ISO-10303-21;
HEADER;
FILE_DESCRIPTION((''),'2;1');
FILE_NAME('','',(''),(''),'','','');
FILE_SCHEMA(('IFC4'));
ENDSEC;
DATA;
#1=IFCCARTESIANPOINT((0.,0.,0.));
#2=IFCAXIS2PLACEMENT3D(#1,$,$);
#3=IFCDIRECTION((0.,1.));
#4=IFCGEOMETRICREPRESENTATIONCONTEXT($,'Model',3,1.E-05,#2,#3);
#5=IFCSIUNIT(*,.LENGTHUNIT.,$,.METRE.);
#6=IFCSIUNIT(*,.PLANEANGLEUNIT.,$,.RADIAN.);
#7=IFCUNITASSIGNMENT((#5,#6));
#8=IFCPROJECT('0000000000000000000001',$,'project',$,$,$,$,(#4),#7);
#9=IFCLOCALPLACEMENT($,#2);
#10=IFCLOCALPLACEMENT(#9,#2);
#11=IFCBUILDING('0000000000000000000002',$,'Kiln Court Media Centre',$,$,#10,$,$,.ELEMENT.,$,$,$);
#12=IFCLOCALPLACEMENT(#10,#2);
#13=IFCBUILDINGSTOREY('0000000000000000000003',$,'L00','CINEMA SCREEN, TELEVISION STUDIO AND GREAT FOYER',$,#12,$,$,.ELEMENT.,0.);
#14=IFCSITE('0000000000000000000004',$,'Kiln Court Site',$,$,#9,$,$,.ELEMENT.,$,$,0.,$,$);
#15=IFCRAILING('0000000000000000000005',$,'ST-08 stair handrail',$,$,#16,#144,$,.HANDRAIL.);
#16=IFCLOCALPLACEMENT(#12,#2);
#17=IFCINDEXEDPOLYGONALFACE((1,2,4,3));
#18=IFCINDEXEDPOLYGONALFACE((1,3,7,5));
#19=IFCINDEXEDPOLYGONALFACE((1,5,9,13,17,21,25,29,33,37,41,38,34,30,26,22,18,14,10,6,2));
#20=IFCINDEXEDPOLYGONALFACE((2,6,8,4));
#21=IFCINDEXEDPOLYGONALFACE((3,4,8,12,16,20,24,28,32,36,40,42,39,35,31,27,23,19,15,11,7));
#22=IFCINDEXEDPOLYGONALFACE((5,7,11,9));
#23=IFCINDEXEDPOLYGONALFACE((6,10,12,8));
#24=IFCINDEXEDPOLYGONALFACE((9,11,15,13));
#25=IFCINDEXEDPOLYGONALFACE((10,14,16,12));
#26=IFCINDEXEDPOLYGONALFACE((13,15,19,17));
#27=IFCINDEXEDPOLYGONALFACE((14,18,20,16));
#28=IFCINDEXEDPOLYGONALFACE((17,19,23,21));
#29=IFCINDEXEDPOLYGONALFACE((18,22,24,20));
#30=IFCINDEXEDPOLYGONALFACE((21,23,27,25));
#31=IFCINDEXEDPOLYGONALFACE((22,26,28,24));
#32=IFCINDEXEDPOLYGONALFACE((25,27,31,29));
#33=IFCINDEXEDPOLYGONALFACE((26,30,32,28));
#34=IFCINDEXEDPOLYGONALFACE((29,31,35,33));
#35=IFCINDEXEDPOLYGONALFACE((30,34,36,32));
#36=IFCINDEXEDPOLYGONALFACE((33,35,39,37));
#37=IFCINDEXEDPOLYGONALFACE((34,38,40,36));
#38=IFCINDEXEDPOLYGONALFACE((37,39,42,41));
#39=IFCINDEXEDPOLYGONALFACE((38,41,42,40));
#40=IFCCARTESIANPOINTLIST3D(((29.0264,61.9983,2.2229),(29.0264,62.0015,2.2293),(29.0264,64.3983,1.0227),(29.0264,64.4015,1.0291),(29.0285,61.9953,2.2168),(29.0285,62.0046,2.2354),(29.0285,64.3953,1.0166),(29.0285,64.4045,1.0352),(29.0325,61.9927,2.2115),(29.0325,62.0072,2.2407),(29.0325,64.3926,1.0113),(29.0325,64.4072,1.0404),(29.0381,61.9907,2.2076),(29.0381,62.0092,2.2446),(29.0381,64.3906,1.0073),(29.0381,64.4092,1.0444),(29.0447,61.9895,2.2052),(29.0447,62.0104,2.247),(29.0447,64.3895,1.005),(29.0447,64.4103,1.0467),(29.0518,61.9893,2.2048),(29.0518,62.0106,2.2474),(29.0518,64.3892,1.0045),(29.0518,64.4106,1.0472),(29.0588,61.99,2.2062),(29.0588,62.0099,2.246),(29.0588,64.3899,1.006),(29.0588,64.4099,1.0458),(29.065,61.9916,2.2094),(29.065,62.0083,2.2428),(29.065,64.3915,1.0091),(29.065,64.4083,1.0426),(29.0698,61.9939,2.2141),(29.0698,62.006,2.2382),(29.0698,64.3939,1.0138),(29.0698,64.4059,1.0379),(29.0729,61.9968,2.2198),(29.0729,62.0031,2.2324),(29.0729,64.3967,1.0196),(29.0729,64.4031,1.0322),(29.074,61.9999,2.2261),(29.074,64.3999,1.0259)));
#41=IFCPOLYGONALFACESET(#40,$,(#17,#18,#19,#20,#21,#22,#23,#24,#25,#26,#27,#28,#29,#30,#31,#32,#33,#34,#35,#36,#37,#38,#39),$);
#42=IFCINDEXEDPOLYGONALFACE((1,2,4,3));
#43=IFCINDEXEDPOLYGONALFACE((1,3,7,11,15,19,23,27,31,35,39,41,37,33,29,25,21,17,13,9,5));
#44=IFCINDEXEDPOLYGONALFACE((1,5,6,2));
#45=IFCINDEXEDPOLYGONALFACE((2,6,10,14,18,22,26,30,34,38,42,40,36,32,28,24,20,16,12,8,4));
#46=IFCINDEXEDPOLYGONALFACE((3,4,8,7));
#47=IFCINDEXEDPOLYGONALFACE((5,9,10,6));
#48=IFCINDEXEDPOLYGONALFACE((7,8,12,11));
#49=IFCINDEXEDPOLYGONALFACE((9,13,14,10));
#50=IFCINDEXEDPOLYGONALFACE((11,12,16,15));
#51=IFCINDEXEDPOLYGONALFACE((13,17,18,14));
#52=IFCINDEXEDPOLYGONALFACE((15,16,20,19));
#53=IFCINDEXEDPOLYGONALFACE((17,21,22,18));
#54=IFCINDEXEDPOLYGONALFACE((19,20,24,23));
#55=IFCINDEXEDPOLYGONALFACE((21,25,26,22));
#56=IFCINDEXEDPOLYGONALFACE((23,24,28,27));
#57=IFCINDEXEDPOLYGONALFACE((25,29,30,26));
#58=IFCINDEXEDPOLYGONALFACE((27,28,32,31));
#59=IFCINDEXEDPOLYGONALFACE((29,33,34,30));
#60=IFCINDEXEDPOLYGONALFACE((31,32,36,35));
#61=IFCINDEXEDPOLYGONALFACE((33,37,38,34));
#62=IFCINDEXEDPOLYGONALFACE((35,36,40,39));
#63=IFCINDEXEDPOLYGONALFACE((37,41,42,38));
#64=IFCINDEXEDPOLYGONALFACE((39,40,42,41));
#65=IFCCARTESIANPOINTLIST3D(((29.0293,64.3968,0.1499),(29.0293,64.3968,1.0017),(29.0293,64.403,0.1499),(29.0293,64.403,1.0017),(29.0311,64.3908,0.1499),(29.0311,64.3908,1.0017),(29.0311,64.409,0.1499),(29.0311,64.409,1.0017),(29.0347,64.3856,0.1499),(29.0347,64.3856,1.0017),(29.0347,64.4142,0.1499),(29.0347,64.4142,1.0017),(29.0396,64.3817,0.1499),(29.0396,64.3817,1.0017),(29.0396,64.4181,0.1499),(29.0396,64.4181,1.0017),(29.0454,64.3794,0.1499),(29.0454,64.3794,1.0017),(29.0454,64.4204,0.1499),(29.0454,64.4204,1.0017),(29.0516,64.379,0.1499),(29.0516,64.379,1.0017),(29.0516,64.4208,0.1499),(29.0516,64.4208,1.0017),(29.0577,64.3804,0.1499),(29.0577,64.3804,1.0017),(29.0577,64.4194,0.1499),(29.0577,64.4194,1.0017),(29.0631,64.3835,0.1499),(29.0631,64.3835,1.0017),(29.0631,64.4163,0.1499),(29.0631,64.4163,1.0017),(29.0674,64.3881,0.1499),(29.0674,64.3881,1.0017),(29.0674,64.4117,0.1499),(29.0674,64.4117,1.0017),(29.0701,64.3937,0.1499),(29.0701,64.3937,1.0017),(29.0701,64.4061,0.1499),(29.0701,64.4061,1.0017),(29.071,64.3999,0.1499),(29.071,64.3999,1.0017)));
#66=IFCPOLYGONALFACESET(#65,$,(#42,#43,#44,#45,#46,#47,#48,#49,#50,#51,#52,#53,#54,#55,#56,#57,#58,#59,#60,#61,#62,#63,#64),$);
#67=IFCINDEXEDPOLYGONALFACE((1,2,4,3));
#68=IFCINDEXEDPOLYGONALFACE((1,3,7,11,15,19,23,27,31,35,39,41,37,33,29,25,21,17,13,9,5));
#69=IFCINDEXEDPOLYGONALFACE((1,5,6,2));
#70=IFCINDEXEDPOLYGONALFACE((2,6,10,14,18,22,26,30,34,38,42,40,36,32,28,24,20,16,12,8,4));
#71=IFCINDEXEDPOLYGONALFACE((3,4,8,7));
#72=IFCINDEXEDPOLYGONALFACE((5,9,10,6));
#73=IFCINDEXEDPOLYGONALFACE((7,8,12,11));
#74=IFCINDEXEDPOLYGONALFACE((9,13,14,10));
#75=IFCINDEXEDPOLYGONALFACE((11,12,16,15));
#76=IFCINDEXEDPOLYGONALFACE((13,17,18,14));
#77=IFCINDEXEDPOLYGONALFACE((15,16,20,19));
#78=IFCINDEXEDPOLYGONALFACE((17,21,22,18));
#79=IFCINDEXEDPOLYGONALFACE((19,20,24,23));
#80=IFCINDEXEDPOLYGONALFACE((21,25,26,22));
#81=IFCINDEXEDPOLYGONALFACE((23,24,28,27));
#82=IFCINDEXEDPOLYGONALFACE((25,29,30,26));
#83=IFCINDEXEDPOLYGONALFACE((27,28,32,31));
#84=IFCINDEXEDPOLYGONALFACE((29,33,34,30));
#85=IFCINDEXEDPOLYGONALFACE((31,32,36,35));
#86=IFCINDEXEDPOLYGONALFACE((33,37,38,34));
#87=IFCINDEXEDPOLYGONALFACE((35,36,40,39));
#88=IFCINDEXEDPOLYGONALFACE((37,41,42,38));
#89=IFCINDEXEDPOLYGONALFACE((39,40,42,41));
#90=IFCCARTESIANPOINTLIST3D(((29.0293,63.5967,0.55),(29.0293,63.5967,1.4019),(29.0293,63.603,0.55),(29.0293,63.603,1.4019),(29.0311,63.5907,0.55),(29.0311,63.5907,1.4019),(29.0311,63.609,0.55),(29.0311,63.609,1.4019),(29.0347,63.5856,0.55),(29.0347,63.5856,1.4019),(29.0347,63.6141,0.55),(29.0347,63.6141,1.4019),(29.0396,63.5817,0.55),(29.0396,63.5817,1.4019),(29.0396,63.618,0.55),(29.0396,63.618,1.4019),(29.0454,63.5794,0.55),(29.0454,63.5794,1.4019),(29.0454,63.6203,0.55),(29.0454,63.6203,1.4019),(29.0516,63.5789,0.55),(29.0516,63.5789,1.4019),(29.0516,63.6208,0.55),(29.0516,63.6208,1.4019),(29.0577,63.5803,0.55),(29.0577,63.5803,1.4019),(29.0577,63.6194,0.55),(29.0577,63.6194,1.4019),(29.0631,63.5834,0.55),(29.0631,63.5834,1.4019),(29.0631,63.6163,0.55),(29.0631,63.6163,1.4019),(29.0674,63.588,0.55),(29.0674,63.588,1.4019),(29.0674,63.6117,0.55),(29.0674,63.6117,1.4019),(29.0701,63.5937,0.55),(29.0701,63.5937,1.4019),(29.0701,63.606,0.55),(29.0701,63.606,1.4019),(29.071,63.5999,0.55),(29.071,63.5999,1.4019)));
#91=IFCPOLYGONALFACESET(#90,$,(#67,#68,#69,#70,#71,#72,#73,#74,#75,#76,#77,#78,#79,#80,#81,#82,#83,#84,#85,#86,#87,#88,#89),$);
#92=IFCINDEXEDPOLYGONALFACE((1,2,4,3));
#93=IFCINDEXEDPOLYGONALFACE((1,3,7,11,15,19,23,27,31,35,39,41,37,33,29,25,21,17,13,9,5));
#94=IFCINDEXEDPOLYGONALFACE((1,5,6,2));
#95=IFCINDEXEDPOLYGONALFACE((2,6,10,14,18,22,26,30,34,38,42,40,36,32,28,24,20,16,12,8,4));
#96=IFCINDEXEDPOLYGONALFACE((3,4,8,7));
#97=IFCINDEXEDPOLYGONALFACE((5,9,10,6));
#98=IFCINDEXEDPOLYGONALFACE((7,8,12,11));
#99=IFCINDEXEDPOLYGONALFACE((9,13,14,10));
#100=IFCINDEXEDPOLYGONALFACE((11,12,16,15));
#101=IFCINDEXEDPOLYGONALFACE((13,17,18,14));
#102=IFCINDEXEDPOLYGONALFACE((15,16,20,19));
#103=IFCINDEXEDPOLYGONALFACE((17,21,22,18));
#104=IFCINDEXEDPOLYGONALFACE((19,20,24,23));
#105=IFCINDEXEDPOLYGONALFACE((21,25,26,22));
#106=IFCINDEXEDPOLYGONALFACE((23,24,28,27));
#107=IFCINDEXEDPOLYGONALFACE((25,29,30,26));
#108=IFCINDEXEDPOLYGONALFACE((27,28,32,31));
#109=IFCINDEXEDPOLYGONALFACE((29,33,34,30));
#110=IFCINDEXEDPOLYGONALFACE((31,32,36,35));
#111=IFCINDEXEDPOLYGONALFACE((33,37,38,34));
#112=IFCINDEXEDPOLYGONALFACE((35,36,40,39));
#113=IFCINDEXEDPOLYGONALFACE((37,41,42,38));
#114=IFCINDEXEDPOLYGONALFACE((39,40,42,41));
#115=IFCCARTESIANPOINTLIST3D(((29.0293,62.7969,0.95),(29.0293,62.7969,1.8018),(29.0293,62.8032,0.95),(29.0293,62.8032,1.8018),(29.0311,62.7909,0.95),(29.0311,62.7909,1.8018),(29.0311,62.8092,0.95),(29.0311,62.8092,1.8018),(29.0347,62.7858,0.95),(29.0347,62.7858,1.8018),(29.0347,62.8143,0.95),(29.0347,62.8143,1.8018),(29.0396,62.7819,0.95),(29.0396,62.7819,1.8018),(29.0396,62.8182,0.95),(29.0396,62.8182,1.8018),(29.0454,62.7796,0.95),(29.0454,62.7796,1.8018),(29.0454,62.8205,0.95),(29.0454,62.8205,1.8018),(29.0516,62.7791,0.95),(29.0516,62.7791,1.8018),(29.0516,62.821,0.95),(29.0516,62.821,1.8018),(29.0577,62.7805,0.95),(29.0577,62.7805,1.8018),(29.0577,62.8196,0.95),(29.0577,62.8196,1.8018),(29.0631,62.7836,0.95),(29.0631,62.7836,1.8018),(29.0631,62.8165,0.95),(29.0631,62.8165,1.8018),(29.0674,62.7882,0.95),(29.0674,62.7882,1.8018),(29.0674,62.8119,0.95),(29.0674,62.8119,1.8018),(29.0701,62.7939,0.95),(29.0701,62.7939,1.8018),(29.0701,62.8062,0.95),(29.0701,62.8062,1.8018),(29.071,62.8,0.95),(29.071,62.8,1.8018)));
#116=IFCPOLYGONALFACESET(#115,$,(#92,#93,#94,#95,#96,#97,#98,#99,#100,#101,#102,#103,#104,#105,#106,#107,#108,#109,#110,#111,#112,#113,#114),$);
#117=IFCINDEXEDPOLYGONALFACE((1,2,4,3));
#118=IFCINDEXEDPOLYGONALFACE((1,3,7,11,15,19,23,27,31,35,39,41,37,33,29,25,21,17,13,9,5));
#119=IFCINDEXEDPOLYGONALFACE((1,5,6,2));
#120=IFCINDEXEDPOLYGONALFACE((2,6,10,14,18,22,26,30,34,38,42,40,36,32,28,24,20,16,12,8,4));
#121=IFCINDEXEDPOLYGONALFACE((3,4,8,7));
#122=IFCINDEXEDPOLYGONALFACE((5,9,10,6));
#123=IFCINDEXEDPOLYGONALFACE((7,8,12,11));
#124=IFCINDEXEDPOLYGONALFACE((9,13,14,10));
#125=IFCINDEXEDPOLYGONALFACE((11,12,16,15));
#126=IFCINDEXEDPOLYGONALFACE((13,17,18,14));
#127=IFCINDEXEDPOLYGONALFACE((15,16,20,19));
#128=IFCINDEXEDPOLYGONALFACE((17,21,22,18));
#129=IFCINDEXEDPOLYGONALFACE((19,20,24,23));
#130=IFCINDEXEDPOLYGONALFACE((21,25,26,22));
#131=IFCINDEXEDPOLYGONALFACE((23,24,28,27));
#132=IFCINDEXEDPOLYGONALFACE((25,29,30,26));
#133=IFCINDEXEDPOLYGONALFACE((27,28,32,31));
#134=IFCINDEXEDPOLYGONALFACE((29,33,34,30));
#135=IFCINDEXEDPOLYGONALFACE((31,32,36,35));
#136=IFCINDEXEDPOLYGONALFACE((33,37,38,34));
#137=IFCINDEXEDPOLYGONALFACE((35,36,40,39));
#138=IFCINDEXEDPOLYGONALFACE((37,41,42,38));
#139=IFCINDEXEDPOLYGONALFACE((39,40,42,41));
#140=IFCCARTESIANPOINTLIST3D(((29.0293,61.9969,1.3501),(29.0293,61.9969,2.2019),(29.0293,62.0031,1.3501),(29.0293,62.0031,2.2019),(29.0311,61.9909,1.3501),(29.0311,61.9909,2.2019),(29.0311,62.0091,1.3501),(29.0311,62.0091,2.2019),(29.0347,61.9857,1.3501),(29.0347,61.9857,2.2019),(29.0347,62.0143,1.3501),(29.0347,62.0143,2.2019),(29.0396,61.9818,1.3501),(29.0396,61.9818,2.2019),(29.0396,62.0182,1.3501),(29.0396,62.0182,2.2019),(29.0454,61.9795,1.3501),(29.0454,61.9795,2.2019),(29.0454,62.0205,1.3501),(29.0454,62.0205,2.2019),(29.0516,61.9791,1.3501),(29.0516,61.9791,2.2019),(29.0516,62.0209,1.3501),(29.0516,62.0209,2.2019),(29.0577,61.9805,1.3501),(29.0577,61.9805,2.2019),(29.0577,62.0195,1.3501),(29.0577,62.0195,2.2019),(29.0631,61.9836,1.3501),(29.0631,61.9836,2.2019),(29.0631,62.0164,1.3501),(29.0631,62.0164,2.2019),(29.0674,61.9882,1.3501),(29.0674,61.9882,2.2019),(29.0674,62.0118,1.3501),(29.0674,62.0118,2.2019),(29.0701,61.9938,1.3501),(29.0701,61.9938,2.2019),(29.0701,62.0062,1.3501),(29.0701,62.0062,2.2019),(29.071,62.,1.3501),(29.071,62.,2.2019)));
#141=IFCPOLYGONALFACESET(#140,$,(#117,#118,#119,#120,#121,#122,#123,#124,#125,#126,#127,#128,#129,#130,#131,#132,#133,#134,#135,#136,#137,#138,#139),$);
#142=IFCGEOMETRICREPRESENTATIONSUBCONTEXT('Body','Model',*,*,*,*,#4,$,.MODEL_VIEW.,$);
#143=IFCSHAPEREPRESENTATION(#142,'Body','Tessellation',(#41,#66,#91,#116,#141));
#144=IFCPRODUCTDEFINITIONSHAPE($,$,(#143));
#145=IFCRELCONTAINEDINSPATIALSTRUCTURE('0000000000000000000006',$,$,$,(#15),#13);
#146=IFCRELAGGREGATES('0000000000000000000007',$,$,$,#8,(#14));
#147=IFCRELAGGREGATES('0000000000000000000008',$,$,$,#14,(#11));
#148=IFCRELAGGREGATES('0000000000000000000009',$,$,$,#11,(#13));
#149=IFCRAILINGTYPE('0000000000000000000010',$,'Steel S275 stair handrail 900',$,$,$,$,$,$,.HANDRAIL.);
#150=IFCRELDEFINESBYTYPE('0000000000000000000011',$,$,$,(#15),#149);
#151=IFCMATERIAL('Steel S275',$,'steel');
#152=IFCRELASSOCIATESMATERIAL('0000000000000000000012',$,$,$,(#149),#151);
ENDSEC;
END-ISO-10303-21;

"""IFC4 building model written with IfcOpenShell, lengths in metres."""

from ifc_helpers import new_model, si_unit, direction, frame, origin, origin_2d, place, context, subcontext, project, spatial, circle, extrude, material, type_object, element, save


model = new_model("IFC4")

# Units and contexts
model_context = context("Model", 3, precision=1e-05, world=origin(), true_north=direction((0.0, 1.0)))
body_context = subcontext(model_context, "Body", "Model", "MODEL_VIEW")
ifc_project = project(units=[si_unit("LENGTHUNIT", "METRE"), si_unit("PLANEANGLEUNIT", "RADIAN")], contexts=[model_context])

# Site, building, storey
site_placement = place(None, origin())
site = spatial("IfcSite", under=ifc_project, at=site_placement, Name="Kiln Court Site", CompositionType="ELEMENT", RefElevation=0.0)
building_placement = place(site_placement, origin())
building = spatial("IfcBuilding", under=site, at=building_placement, Name="Kiln Court Media Centre", CompositionType="ELEMENT")
storey_placement = place(building_placement, origin())
storey = spatial("IfcBuildingStorey", under=building, at=storey_placement, Name="L00", Description="CINEMA SCREEN, TELEVISION STUDIO AND GREAT FOYER", CompositionType="ELEMENT", Elevation=0.0)

# Railing
ifc_material_1 = material(Name="Steel S275", Category="steel")
railing_type_1 = type_object("IfcRailingType", Name="Steel S275 stair handrail 900", PredefinedType="HANDRAIL", material=ifc_material_1)
railing_1_placement = place(storey_placement, frame((29.05, 64.3999, 0.1499)))
element("IfcRailing", 1, at=railing_1_placement, inside=storey, type_object=railing_type_1, Name="ST-08 stair handrail", PredefinedType="HANDRAIL", context=body_context, shape_type="SweptSolid", body=[
    extrude(circle(Radius=0.0239, at=origin_2d()), frame((0.0, 0.0, 0.876), z_axis=(0.0, -0.894391, 0.447286), x_axis=(1.0, 0.0, 0.0)), (0.0, 0.0, 1.0), 2.6833),
    extrude(circle(Radius=0.021, at=origin_2d()), origin(), (0.0, 0.0, 1.0), 0.8518),
    extrude(circle(Radius=0.021, at=origin_2d()), frame((0.0, -0.8, 0.4001)), (0.0, 0.0, 1.0), 0.8518),
    extrude(circle(Radius=0.021, at=origin_2d()), frame((0.0, -1.5999, 0.8)), (0.0, 0.0, 1.0), 0.8518),
    extrude(circle(Radius=0.021, at=origin_2d()), frame((0.0, -2.3999, 1.2002)), (0.0, 0.0, 1.0), 0.8518),
])

save(model, "model.ifc")
